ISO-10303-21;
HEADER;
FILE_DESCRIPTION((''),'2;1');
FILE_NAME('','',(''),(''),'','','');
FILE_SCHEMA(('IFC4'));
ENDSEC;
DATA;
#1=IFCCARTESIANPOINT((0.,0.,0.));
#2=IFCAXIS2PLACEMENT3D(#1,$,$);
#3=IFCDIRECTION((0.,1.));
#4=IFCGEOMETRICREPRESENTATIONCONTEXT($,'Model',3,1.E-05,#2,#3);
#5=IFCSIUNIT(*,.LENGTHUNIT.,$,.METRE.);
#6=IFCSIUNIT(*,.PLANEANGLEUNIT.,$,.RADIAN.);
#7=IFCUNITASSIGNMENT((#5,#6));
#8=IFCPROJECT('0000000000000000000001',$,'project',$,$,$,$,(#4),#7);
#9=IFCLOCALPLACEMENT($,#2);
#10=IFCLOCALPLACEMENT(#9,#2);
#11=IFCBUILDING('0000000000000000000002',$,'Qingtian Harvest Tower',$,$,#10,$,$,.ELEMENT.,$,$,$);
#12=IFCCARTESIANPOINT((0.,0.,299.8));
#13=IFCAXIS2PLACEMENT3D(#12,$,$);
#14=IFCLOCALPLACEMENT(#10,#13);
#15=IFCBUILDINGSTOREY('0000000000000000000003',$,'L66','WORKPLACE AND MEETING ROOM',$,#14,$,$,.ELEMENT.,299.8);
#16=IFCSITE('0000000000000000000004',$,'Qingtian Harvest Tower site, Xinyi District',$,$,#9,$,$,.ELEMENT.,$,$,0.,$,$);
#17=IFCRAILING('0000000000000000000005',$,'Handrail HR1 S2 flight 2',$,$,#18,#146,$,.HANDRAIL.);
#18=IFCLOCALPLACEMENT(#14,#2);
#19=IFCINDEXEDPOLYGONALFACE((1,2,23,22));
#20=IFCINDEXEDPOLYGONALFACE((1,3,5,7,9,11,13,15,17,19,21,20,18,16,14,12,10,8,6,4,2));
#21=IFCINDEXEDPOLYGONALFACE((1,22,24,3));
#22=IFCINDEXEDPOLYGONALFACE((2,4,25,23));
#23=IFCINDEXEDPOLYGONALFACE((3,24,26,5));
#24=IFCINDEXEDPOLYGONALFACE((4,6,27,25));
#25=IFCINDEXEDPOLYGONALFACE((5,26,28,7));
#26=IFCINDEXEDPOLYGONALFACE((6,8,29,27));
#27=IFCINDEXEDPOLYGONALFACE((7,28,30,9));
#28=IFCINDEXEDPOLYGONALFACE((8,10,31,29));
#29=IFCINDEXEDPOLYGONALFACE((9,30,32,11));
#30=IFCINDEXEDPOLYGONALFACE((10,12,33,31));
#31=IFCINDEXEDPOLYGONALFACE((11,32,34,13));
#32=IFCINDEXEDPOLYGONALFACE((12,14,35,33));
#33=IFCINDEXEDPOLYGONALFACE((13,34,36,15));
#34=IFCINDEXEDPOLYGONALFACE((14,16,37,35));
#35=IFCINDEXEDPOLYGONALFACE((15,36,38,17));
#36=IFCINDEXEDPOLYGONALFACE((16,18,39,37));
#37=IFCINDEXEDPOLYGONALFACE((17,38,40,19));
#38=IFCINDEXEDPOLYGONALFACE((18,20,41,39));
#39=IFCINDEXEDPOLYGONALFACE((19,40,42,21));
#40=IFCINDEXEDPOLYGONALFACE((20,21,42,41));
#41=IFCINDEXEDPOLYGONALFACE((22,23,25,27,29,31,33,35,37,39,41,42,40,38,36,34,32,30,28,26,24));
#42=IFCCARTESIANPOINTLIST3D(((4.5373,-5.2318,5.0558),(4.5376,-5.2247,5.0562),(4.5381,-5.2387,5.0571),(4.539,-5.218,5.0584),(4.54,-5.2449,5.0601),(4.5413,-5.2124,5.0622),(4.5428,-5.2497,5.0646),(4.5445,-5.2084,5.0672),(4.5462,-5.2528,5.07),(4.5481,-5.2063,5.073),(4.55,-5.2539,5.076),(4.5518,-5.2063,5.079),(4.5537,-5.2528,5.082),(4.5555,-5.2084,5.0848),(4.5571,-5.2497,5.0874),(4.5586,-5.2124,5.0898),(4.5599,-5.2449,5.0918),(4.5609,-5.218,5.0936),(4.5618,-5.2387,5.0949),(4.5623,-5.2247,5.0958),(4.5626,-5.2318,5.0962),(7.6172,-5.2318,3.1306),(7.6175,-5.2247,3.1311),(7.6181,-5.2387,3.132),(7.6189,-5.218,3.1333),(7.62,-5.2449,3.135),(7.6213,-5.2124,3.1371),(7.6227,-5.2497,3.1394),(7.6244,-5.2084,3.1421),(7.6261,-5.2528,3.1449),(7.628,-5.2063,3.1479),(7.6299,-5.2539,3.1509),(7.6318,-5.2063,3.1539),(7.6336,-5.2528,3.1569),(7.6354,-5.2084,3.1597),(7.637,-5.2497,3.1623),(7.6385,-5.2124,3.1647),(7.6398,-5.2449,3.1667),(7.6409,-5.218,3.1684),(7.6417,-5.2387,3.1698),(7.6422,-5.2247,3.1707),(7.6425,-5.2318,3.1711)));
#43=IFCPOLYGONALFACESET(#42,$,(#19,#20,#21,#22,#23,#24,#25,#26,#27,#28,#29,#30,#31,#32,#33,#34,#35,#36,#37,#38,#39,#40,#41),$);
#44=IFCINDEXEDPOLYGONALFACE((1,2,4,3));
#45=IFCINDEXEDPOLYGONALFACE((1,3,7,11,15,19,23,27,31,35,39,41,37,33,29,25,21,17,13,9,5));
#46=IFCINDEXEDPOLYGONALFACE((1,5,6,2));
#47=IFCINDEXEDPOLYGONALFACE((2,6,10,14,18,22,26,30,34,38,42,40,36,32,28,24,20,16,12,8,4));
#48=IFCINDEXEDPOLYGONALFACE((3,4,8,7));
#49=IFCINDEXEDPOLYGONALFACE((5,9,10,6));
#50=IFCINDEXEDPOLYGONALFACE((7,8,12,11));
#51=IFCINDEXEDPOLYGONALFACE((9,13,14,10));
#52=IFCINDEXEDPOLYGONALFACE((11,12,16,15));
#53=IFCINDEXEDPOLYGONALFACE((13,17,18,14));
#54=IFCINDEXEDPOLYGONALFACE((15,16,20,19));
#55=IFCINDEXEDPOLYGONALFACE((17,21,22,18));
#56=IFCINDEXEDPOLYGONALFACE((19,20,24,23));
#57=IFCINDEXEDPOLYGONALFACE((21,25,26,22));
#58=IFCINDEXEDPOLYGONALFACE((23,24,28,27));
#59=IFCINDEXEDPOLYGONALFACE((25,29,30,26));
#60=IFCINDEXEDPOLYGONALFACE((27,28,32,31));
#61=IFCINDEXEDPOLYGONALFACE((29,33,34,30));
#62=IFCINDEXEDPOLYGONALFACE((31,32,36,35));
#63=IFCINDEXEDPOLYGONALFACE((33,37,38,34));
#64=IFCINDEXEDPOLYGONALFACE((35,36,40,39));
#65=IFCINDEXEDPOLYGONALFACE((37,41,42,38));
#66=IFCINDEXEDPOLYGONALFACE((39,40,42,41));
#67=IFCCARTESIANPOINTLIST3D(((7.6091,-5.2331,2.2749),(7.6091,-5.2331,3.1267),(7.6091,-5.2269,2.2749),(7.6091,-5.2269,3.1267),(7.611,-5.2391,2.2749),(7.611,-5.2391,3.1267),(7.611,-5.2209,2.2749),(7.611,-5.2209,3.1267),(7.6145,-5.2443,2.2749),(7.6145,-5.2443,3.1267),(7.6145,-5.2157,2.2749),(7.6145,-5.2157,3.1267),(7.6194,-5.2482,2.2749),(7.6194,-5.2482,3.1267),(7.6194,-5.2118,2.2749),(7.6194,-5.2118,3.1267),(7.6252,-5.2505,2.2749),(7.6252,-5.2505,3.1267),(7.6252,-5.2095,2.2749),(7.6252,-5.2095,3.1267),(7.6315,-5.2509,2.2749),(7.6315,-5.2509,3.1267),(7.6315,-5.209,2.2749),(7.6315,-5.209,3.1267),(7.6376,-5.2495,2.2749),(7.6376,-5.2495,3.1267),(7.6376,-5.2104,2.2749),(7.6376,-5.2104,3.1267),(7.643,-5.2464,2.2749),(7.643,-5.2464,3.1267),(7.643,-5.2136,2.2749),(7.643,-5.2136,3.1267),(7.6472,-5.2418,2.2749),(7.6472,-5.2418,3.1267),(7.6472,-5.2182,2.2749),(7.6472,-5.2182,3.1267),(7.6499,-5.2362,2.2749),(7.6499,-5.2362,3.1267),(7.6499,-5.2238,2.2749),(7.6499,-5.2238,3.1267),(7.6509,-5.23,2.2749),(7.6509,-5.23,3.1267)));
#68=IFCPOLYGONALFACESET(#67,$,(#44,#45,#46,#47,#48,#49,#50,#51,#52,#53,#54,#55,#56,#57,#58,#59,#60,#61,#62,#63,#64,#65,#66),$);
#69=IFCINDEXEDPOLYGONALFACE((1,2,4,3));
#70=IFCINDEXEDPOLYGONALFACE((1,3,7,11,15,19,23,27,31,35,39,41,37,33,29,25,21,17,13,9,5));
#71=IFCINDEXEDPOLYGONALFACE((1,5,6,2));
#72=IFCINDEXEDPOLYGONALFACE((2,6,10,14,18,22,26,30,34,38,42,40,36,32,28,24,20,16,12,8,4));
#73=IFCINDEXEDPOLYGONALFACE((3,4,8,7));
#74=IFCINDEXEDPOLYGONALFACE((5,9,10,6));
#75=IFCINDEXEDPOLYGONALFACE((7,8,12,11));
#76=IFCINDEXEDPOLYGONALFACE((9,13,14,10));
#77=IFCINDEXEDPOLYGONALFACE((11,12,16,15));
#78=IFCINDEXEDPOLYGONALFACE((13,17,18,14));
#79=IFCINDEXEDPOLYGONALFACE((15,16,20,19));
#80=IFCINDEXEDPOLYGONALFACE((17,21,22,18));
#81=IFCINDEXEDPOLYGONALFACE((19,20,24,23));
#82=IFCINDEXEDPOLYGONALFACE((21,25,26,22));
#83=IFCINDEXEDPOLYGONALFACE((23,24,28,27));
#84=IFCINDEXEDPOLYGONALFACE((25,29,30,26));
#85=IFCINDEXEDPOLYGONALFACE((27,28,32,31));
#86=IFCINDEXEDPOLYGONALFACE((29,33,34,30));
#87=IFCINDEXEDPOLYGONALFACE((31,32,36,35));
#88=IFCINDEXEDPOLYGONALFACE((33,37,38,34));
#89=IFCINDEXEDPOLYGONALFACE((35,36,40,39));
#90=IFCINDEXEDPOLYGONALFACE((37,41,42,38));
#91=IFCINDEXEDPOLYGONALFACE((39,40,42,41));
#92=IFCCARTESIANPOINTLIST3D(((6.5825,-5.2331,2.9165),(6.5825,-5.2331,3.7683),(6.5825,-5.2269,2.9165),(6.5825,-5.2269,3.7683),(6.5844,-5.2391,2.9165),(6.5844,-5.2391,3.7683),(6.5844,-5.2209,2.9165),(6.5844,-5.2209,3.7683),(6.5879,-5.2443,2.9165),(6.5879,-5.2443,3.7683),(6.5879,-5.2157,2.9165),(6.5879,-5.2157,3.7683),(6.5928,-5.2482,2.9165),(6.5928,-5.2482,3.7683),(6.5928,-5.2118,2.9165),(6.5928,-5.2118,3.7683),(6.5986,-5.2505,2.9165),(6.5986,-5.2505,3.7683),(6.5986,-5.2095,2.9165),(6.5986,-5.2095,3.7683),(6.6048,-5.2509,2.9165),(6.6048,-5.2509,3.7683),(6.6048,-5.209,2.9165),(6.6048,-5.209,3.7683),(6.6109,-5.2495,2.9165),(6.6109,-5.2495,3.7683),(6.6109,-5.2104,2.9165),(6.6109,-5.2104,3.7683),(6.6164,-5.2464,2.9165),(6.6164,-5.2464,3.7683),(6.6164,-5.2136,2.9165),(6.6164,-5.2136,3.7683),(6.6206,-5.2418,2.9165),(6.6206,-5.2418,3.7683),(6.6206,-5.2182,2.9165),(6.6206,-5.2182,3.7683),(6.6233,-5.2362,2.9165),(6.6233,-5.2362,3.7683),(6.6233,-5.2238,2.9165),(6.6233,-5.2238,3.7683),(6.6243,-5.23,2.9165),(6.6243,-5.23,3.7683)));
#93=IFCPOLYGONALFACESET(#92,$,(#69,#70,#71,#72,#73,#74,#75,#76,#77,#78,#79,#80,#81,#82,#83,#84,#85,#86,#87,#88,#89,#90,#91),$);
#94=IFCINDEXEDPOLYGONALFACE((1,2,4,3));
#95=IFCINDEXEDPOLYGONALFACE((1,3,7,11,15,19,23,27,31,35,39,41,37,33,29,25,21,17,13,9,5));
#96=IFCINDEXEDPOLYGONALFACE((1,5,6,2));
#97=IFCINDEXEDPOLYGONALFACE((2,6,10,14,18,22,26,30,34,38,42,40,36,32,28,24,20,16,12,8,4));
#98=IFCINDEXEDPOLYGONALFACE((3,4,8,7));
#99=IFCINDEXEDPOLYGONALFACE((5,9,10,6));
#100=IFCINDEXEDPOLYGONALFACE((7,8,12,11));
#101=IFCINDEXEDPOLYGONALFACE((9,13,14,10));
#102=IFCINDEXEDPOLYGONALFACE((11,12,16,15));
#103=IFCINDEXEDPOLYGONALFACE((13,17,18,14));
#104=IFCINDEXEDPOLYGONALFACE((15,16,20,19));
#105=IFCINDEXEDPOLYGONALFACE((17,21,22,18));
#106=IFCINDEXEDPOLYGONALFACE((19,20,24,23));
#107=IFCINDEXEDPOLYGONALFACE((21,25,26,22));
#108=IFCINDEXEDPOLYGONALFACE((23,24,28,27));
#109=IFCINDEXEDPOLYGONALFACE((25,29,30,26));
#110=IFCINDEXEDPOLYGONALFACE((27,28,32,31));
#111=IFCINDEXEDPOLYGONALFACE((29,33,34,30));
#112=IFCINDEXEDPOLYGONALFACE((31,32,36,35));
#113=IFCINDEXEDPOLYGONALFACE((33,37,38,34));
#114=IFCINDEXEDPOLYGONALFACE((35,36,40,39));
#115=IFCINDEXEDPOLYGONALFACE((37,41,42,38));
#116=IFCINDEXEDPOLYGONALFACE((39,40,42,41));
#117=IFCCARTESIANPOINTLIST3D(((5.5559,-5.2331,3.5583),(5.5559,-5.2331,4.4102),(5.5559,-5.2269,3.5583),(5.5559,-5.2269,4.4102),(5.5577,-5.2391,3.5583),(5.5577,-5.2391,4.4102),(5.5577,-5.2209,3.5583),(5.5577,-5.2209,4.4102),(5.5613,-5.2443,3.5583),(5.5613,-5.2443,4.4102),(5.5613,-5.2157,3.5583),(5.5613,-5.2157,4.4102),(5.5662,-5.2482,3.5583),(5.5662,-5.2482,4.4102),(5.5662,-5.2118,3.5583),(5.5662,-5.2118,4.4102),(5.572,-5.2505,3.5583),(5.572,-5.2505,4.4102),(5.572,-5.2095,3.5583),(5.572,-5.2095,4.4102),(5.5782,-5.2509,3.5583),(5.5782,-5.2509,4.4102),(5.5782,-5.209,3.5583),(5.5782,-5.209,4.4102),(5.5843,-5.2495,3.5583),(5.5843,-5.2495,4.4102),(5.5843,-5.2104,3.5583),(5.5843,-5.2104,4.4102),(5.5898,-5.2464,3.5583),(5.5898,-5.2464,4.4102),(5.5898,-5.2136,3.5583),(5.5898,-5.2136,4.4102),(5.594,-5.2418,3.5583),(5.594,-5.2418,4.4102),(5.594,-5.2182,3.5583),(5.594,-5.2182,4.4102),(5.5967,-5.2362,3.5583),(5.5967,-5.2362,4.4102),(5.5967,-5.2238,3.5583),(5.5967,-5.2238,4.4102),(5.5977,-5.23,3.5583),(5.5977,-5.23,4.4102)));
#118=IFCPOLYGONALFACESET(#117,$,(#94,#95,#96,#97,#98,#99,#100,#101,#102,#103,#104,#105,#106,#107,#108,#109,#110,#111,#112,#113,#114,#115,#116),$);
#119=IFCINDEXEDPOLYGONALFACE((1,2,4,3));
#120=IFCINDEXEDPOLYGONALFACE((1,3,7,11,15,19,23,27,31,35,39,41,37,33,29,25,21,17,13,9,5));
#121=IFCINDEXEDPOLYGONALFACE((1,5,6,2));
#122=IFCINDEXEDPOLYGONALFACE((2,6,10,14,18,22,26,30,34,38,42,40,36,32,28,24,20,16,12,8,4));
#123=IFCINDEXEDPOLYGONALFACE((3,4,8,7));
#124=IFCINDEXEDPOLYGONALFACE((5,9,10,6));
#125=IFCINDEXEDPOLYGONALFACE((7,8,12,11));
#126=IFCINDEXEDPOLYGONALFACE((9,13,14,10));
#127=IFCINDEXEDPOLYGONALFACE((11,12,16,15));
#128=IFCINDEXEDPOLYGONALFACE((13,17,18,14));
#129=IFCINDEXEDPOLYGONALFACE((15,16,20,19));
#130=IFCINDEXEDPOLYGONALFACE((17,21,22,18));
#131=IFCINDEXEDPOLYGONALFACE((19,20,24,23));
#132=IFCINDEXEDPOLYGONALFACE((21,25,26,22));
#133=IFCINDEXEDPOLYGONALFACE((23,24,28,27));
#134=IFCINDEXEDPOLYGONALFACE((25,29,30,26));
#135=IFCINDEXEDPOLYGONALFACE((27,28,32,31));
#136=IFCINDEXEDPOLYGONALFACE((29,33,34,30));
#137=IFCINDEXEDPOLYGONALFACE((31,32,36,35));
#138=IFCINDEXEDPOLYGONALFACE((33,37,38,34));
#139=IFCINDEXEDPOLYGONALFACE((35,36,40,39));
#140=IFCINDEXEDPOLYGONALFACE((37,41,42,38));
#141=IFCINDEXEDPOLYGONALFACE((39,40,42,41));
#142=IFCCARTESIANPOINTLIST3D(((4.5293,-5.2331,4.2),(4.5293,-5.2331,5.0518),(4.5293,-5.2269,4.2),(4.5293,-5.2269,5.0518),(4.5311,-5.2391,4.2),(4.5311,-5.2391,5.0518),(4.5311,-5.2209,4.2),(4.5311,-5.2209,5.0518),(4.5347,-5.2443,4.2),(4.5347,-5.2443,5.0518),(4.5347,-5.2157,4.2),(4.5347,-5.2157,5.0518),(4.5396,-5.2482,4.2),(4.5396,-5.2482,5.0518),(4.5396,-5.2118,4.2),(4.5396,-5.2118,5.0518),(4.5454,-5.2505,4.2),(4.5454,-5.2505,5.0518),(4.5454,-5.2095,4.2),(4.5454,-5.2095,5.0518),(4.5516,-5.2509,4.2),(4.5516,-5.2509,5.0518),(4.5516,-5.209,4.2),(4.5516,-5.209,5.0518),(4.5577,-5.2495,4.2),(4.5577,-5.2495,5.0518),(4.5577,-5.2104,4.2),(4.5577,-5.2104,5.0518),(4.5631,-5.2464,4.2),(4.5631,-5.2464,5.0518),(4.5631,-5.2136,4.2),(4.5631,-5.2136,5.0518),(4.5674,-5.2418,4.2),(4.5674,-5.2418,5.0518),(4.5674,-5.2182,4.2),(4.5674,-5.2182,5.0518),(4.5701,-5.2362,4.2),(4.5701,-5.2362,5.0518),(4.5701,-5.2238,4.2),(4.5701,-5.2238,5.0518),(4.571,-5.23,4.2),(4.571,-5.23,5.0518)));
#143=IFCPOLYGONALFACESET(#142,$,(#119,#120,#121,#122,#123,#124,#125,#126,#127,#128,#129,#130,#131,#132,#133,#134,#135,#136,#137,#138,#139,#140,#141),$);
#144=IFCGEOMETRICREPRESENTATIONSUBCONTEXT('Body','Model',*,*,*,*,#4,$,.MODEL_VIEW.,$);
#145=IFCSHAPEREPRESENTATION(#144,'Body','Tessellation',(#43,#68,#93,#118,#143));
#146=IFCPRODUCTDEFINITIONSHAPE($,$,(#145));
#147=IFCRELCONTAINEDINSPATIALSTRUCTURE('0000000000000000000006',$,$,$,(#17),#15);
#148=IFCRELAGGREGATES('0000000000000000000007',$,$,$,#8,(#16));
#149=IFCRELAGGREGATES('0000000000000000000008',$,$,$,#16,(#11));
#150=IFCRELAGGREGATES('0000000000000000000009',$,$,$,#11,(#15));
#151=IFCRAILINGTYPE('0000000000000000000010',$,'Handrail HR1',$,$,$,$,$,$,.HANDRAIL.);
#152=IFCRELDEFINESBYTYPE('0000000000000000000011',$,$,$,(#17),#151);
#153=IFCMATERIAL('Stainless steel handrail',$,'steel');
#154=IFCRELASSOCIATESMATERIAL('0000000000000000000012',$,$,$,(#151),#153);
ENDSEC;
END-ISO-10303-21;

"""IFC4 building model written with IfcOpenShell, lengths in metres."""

from ifc_helpers import new_model, si_unit, direction, frame, origin, origin_2d, place, context, subcontext, project, spatial, circle, extrude, material, type_object, element, save


model = new_model("IFC4")

# Units and contexts
model_context = context("Model", 3, precision=1e-05, world=origin(), true_north=direction((0.0, 1.0)))
body_context = subcontext(model_context, "Body", "Model", "MODEL_VIEW")
ifc_project = project(units=[si_unit("LENGTHUNIT", "METRE"), si_unit("PLANEANGLEUNIT", "RADIAN")], contexts=[model_context])

# Site, building, storey
site_placement = place(None, origin())
site = spatial("IfcSite", under=ifc_project, at=site_placement, Name="Qingtian Harvest Tower site, Xinyi District", CompositionType="ELEMENT", RefElevation=0.0)
building_placement = place(site_placement, origin())
building = spatial("IfcBuilding", under=site, at=building_placement, Name="Qingtian Harvest Tower", CompositionType="ELEMENT")
storey_placement = place(building_placement, frame((0.0, 0.0, 299.8)))
storey = spatial("IfcBuildingStorey", under=building, at=storey_placement, Name="L66", Description="WORKPLACE AND MEETING ROOM", CompositionType="ELEMENT", Elevation=299.8)

# Railing
ifc_material_1 = material(Name="Stainless steel handrail", Category="steel")
railing_type = type_object("IfcRailingType", Name="Handrail HR1", PredefinedType="HANDRAIL", material=ifc_material_1)
railing_1_placement = place(storey_placement, frame((7.6299, -5.23, 2.2749)))
element("IfcRailing", 1, at=railing_1_placement, inside=storey, type_object=railing_type, Name="Handrail HR1 S2 flight 2", PredefinedType="HANDRAIL", context=body_context, shape_type="SweptSolid", body=[
    extrude(circle(Radius=0.0239, at=origin_2d()), frame((0.0, 0.0, 0.876), z_axis=(-0.847979, 0.0, 0.530029), x_axis=(0.0, -1.0, 0.0)), (0.0, 0.0, 1.0), 3.6321),
    extrude(circle(Radius=0.021, at=origin_2d()), origin(), (0.0, 0.0, 1.0), 0.8518),
    extrude(circle(Radius=0.021, at=origin_2d()), frame((-1.0266, 0.0, 0.6416)), (0.0, 0.0, 1.0), 0.8518),
    extrude(circle(Radius=0.021, at=origin_2d()), frame((-2.0532, 0.0, 1.2834)), (0.0, 0.0, 1.0), 0.8518),
    extrude(circle(Radius=0.021, at=origin_2d()), frame((-3.0798, 0.0, 1.925)), (0.0, 0.0, 1.0), 0.8518),
])

save(model, "model.ifc")
